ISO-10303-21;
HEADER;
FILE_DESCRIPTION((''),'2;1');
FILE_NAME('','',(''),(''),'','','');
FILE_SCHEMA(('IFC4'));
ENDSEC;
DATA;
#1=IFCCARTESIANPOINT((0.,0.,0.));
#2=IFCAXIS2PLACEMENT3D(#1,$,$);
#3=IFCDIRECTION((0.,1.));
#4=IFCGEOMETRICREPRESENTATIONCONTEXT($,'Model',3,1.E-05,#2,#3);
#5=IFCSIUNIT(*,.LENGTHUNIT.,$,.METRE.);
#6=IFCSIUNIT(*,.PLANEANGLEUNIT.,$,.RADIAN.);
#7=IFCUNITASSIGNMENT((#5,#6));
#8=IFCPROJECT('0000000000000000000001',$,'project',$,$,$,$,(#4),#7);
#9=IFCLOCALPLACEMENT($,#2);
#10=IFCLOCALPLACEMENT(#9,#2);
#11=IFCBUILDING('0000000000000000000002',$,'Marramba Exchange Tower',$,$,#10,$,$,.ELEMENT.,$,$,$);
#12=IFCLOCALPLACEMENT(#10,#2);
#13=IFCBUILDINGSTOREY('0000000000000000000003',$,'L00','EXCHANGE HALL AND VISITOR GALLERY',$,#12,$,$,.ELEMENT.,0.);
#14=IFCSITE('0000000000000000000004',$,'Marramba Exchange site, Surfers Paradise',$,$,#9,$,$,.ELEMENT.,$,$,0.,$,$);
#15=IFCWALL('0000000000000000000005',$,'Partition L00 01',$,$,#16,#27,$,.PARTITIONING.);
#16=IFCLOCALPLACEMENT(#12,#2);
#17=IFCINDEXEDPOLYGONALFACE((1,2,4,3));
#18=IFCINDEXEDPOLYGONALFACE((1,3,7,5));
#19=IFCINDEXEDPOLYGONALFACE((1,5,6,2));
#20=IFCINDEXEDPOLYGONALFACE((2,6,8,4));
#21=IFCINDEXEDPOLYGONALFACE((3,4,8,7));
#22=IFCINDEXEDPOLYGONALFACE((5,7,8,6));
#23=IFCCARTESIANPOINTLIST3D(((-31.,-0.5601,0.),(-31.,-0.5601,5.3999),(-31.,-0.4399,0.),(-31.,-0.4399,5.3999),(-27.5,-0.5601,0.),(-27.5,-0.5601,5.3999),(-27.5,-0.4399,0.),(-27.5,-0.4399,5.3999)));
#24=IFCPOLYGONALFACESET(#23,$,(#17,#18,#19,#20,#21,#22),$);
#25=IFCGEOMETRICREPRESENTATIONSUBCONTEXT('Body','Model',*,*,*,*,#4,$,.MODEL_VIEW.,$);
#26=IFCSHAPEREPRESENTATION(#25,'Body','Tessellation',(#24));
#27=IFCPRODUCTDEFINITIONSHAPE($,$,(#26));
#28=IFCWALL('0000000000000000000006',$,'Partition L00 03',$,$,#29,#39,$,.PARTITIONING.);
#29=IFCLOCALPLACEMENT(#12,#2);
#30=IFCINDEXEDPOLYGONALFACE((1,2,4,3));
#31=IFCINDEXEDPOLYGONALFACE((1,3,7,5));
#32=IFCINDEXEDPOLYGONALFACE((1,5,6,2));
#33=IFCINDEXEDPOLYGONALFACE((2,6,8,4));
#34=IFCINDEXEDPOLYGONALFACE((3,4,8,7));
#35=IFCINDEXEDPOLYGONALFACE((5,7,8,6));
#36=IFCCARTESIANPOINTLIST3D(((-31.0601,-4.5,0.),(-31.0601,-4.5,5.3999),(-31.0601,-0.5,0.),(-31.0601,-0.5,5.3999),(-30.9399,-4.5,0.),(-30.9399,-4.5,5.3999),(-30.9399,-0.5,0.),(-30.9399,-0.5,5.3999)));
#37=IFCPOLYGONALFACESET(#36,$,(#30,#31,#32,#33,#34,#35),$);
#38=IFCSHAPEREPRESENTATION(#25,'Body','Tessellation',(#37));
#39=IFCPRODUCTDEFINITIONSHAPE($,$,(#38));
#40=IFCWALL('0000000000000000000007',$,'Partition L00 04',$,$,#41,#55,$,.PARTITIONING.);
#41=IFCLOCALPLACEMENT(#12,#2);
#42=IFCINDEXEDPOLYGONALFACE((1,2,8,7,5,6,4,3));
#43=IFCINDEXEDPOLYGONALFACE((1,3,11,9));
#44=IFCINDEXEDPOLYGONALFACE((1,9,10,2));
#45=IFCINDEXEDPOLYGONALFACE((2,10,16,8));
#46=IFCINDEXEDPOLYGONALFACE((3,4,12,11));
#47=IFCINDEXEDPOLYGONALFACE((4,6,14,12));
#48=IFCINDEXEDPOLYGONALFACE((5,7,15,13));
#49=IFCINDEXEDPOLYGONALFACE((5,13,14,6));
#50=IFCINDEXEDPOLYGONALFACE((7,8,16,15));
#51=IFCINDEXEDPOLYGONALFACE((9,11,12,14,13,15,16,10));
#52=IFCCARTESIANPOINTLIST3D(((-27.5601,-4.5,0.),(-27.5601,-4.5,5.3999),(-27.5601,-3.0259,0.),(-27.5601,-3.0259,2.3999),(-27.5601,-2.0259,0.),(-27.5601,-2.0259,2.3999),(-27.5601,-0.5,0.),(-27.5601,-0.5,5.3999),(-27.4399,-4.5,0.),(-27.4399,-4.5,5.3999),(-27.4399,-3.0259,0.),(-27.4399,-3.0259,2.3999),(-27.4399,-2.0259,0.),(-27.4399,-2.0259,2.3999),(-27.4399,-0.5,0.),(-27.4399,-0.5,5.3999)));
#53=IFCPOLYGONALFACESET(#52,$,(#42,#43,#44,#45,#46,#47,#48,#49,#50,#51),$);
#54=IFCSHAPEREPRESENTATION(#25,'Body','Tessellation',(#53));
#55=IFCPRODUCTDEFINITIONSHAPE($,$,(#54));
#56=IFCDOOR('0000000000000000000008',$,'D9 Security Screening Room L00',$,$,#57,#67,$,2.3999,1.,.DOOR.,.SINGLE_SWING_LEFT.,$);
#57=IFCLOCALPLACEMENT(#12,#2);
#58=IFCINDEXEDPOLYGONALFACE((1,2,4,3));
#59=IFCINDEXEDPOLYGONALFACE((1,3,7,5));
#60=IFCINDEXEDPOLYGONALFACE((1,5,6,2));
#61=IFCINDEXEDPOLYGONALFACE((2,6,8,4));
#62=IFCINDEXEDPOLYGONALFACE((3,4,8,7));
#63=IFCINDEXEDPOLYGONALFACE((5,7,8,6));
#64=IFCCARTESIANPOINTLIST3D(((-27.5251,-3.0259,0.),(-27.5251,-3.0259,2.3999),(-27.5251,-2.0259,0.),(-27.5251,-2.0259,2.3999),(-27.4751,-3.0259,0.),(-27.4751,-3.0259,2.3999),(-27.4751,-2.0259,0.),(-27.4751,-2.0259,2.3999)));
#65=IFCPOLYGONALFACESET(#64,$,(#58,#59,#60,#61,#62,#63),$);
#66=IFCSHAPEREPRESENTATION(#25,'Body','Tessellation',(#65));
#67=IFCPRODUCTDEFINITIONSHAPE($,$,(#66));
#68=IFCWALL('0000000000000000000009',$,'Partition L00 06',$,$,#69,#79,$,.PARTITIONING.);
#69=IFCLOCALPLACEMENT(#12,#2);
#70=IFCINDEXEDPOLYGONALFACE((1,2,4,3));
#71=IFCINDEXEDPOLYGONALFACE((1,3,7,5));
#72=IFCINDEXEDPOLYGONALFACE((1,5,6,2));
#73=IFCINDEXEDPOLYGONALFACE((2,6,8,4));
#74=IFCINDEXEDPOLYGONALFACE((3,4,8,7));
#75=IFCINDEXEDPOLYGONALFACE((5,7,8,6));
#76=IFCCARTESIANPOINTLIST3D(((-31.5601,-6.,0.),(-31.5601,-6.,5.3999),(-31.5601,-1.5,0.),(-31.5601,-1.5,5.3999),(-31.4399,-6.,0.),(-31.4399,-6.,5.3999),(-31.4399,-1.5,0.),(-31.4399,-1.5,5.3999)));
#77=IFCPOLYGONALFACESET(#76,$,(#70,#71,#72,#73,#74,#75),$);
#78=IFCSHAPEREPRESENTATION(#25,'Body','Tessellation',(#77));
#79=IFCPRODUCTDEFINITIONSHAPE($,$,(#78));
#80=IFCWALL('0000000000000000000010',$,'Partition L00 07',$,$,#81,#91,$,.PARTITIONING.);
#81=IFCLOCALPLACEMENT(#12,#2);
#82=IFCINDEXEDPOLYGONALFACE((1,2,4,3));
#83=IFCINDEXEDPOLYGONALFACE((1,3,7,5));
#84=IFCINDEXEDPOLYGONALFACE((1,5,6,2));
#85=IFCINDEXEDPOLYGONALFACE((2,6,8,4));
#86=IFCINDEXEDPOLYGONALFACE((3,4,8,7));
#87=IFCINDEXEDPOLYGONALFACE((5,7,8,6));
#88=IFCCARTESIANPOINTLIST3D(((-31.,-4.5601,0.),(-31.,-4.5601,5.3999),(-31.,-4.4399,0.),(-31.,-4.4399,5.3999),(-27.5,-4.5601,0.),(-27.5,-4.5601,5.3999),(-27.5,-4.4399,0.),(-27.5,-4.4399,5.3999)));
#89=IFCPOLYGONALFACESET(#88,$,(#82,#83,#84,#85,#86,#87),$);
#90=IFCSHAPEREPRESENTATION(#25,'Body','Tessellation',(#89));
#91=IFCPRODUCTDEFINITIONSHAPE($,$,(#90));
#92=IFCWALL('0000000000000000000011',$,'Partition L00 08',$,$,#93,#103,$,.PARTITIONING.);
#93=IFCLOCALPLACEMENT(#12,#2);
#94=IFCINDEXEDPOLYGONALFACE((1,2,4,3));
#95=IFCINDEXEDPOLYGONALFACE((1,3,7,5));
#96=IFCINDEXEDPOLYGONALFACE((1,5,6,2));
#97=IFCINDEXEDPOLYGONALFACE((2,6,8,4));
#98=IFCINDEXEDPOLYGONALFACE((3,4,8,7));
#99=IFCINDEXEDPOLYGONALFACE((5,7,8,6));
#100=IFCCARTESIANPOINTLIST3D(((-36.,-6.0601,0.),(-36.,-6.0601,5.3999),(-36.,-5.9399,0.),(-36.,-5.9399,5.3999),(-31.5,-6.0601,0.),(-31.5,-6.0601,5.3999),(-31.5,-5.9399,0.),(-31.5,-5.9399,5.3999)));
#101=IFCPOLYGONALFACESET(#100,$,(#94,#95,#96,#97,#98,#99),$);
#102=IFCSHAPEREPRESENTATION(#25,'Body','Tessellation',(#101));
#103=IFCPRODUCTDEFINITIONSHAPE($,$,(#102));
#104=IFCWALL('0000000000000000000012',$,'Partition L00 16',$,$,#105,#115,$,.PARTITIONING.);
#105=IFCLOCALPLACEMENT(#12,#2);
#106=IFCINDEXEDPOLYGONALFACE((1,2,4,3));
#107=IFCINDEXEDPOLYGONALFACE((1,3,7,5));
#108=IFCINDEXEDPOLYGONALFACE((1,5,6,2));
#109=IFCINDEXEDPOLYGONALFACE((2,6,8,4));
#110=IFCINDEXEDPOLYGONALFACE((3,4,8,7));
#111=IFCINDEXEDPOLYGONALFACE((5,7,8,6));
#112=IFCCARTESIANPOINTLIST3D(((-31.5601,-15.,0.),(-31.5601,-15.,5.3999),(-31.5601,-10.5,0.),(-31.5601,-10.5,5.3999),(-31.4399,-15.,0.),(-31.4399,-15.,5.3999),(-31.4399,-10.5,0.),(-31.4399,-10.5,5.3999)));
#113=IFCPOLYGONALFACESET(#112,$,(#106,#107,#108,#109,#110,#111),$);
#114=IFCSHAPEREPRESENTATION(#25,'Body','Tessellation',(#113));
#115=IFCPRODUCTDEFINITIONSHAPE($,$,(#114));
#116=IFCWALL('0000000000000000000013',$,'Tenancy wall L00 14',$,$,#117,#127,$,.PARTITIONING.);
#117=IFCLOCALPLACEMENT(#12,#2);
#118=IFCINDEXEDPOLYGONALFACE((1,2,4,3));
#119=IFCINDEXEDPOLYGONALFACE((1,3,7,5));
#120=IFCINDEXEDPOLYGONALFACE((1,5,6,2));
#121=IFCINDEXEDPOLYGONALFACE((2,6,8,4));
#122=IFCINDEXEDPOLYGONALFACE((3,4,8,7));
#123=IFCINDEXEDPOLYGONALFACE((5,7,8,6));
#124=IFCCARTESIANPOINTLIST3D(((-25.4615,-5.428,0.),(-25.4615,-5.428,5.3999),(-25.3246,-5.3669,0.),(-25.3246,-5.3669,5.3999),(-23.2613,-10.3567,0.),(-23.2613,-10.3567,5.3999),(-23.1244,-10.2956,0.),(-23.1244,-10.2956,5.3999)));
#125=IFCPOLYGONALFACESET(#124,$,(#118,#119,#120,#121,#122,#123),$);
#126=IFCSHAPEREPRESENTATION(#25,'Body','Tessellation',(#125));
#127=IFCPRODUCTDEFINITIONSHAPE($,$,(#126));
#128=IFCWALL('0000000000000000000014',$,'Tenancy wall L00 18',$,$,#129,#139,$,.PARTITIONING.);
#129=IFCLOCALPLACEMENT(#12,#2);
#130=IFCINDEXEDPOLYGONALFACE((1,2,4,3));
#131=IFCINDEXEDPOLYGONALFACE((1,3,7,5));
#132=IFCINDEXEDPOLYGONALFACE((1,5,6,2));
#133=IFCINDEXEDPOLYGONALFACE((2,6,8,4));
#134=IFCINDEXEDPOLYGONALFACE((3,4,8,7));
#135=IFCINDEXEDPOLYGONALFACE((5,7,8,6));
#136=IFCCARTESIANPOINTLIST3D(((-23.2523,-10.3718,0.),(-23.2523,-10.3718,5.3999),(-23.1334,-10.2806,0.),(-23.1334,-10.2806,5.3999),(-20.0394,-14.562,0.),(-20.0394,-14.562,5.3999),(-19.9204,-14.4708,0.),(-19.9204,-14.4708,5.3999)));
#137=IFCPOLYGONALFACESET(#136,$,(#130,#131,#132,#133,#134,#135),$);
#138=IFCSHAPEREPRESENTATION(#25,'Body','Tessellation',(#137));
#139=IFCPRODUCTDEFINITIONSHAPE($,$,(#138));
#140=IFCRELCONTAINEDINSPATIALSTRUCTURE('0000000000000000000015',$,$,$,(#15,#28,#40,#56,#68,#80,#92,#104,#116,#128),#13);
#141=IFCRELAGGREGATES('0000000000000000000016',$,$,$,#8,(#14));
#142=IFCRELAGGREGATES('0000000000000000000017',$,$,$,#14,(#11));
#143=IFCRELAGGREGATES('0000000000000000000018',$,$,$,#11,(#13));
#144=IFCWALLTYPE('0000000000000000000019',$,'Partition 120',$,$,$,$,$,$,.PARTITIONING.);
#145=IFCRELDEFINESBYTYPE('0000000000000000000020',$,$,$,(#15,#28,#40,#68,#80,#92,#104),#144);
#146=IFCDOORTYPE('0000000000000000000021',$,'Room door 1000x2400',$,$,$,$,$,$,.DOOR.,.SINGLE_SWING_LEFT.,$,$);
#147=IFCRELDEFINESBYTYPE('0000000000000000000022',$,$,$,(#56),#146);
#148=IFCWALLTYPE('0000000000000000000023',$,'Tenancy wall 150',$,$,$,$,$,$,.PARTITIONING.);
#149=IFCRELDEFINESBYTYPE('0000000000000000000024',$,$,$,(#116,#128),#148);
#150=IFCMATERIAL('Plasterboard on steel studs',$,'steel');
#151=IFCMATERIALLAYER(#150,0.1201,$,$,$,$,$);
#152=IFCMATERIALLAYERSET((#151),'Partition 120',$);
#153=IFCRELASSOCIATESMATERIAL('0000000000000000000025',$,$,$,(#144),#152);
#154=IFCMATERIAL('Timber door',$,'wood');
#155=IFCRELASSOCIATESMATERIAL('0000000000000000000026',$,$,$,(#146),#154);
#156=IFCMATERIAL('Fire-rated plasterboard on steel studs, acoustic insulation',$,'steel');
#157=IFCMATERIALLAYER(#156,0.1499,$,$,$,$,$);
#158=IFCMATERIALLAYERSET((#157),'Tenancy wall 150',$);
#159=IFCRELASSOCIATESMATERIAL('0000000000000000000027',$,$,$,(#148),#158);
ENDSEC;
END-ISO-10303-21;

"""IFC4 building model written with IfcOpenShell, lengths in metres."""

from ifc_helpers import new_model, si_unit, direction, frame, frame_2d, origin, place, context, subcontext, project, spatial, rectangle, extrude, material, layer, layer_set, type_object, element, fill, save


model = new_model("IFC4")

# Units and contexts
model_context = context("Model", 3, precision=1e-05, world=origin(), true_north=direction((0.0, 1.0)))
body_context = subcontext(model_context, "Body", "Model", "MODEL_VIEW")
ifc_project = project(units=[si_unit("LENGTHUNIT", "METRE"), si_unit("PLANEANGLEUNIT", "RADIAN")], contexts=[model_context])

# Site, building, storey
site_placement = place(None, origin())
site = spatial("IfcSite", under=ifc_project, at=site_placement, Name="Marramba Exchange site, Surfers Paradise", CompositionType="ELEMENT", RefElevation=0.0)
building_placement = place(site_placement, origin())
building = spatial("IfcBuilding", under=site, at=building_placement, Name="Marramba Exchange Tower", CompositionType="ELEMENT")
storey_placement = place(building_placement, origin())
storey = spatial("IfcBuildingStorey", under=building, at=storey_placement, Name="L00", Description="EXCHANGE HALL AND VISITOR GALLERY", CompositionType="ELEMENT", Elevation=0.0)

# Walls
ifc_material_1 = material(Name="Plasterboard on steel studs", Category="steel")
ifc_layer_1 = layer(ifc_material_1, 0.1201)
ifc_layer_set_1 = layer_set([ifc_layer_1], Name="Partition 120")
wall_type_1 = type_object("IfcWallType", Name="Partition 120", PredefinedType="PARTITIONING", material=ifc_layer_set_1)
wall_1_placement = place(storey_placement, frame((-31.0, -0.5, 0.0), z_axis=(0.0, 0.0, 1.0), x_axis=(1.0, 0.0, 0.0)))
element("IfcWall", 1, at=wall_1_placement, inside=storey, type_object=wall_type_1, Name="Partition L00 01", PredefinedType="PARTITIONING", context=body_context, shape_type="SweptSolid", body=[
    extrude(rectangle(XDim=3.5, YDim=0.1201, at=frame_2d((1.75, 0.0))), origin(), (0.0, 0.0, 1.0), 5.3999),
])
wall_2_placement = place(storey_placement, frame((-31.0, -4.5, 0.0), z_axis=(0.0, 0.0, 1.0), x_axis=(0.0, 1.0, 0.0)))
element("IfcWall", 2, at=wall_2_placement, inside=storey, type_object=wall_type_1, Name="Partition L00 03", PredefinedType="PARTITIONING", context=body_context, shape_type="SweptSolid", body=[
    extrude(rectangle(XDim=4.0, YDim=0.1201, at=frame_2d((2.0, 0.0))), origin(), (0.0, 0.0, 1.0), 5.3999),
])

# Wall, opening, door
wall_3_placement = place(storey_placement, frame((-27.5, -0.5, 0.0), z_axis=(0.0, 0.0, 1.0), x_axis=(0.0, -1.0, 0.0)))
wall_3 = element("IfcWall", 3, at=wall_3_placement, inside=storey, type_object=wall_type_1, Name="Partition L00 04", PredefinedType="PARTITIONING", context=body_context, shape_type="SweptSolid", body=[
    extrude(rectangle(XDim=4.0, YDim=0.1201, at=frame_2d((2.0, 0.0))), origin(), (0.0, 0.0, 1.0), 5.3999),
])
opening_placement = place(wall_3_placement, frame((1.5259, 0.0, 0.0)))
opening = element("IfcOpeningElement", 4, at=opening_placement, cuts=wall_3, PredefinedType="OPENING", context=body_context, shape_type="SweptSolid", body=[
    extrude(rectangle(XDim=1.0, YDim=2.3999, at=frame_2d((0.5, 1.2))), frame((0.0, 0.0701, 0.0), z_axis=(0.0, -1.0, 0.0), x_axis=(1.0, 0.0, 0.0)), (0.0, 0.0, 1.0), 0.1401),
])
ifc_material_2 = material(Name="Timber door", Category="wood")
door_type = type_object("IfcDoorType", Name="Room door 1000x2400", OperationType="SINGLE_SWING_LEFT", PredefinedType="DOOR", material=ifc_material_2)
door_placement = place(opening_placement, frame((1.0, 0.0, 0.0), z_axis=(0.0, 0.0, 1.0), x_axis=(-1.0, 0.0, 0.0)))
door = element("IfcDoor", 5, at=door_placement, inside=storey, type_object=door_type, Name="D9 Security Screening Room L00", OperationType="SINGLE_SWING_LEFT", OverallHeight=2.3999, OverallWidth=1.0, PredefinedType="DOOR", context=body_context, shape_type="SweptSolid", body=[
    extrude(rectangle(XDim=1.0, YDim=2.3999, at=frame_2d((0.5, 1.2))), frame((0.0, 0.0251, 0.0), z_axis=(0.0, -1.0, 0.0), x_axis=(1.0, 0.0, 0.0)), (0.0, 0.0, 1.0), 0.05),
])
fill(opening, door)

# Walls
wall_4_placement = place(storey_placement, frame((-31.5, -1.5, 0.0), z_axis=(0.0, 0.0, 1.0), x_axis=(0.0, -1.0, 0.0)))
element("IfcWall", 6, at=wall_4_placement, inside=storey, type_object=wall_type_1, Name="Partition L00 06", PredefinedType="PARTITIONING", context=body_context, shape_type="SweptSolid", body=[
    extrude(rectangle(XDim=4.5, YDim=0.1201, at=frame_2d((2.25, 0.0))), origin(), (0.0, 0.0, 1.0), 5.3999),
])
wall_5_placement = place(storey_placement, frame((-27.5, -4.5, 0.0), z_axis=(0.0, 0.0, 1.0), x_axis=(-1.0, 0.0, 0.0)))
element("IfcWall", 7, at=wall_5_placement, inside=storey, type_object=wall_type_1, Name="Partition L00 07", PredefinedType="PARTITIONING", context=body_context, shape_type="SweptSolid", body=[
    extrude(rectangle(XDim=3.5, YDim=0.1201, at=frame_2d((1.75, 0.0))), origin(), (0.0, 0.0, 1.0), 5.3999),
])
for number, where, z_axis, x_axis, name in (
    (8, (-31.5, -6.0, 0.0), (0.0, 0.0, 1.0), (-1.0, 0.0, 0.0), "Partition L00 08"),
    (9, (-31.5, -10.5, 0.0), (0.0, 0.0, 1.0), (0.0, -1.0, 0.0), "Partition L00 16"),
):
    element("IfcWall", number, at=place(storey_placement, frame(where, z_axis=z_axis, x_axis=x_axis)), inside=storey, type_object=wall_type_1, Name=name, PredefinedType="PARTITIONING", context=body_context, shape_type="SweptSolid", body=[
        extrude(rectangle(XDim=4.5, YDim=0.1201, at=frame_2d((2.25, 0.0))), origin(), (0.0, 0.0, 1.0), 5.3999),
    ])
ifc_material_3 = material(Name="Fire-rated plasterboard on steel studs, acoustic insulation", Category="steel")
ifc_layer_2 = layer(ifc_material_3, 0.1499)
ifc_layer_set_2 = layer_set([ifc_layer_2], Name="Tenancy wall 150")
wall_type_2 = type_object("IfcWallType", Name="Tenancy wall 150", PredefinedType="PARTITIONING", material=ifc_layer_set_2)
wall_6_placement = place(storey_placement, frame((-25.3931, -5.3975, 0.0), z_axis=(0.0, 0.0, 1.0), x_axis=(0.407632, -0.913146, 0.0)))
element("IfcWall", 10, at=wall_6_placement, inside=storey, type_object=wall_type_2, Name="Tenancy wall L00 14", PredefinedType="PARTITIONING", context=body_context, shape_type="SweptSolid", body=[
    extrude(rectangle(XDim=5.3975, YDim=0.1499, at=frame_2d((2.6987, 0.0))), origin(), (0.0, 0.0, 1.0), 5.3999),
])
wall_7_placement = place(storey_placement, frame((-23.1929, -10.3262, 0.0), z_axis=(0.0, 0.0, 1.0), x_axis=(0.608481, -0.793568, 0.0)))
element("IfcWall", 11, at=wall_7_placement, inside=storey, type_object=wall_type_2, Name="Tenancy wall L00 18", PredefinedType="PARTITIONING", context=body_context, shape_type="SweptSolid", body=[
    extrude(rectangle(XDim=5.2803, YDim=0.1499, at=frame_2d((2.6401, 0.0))), origin(), (0.0, 0.0, 1.0), 5.3999),
])

save(model, "model.ifc")
